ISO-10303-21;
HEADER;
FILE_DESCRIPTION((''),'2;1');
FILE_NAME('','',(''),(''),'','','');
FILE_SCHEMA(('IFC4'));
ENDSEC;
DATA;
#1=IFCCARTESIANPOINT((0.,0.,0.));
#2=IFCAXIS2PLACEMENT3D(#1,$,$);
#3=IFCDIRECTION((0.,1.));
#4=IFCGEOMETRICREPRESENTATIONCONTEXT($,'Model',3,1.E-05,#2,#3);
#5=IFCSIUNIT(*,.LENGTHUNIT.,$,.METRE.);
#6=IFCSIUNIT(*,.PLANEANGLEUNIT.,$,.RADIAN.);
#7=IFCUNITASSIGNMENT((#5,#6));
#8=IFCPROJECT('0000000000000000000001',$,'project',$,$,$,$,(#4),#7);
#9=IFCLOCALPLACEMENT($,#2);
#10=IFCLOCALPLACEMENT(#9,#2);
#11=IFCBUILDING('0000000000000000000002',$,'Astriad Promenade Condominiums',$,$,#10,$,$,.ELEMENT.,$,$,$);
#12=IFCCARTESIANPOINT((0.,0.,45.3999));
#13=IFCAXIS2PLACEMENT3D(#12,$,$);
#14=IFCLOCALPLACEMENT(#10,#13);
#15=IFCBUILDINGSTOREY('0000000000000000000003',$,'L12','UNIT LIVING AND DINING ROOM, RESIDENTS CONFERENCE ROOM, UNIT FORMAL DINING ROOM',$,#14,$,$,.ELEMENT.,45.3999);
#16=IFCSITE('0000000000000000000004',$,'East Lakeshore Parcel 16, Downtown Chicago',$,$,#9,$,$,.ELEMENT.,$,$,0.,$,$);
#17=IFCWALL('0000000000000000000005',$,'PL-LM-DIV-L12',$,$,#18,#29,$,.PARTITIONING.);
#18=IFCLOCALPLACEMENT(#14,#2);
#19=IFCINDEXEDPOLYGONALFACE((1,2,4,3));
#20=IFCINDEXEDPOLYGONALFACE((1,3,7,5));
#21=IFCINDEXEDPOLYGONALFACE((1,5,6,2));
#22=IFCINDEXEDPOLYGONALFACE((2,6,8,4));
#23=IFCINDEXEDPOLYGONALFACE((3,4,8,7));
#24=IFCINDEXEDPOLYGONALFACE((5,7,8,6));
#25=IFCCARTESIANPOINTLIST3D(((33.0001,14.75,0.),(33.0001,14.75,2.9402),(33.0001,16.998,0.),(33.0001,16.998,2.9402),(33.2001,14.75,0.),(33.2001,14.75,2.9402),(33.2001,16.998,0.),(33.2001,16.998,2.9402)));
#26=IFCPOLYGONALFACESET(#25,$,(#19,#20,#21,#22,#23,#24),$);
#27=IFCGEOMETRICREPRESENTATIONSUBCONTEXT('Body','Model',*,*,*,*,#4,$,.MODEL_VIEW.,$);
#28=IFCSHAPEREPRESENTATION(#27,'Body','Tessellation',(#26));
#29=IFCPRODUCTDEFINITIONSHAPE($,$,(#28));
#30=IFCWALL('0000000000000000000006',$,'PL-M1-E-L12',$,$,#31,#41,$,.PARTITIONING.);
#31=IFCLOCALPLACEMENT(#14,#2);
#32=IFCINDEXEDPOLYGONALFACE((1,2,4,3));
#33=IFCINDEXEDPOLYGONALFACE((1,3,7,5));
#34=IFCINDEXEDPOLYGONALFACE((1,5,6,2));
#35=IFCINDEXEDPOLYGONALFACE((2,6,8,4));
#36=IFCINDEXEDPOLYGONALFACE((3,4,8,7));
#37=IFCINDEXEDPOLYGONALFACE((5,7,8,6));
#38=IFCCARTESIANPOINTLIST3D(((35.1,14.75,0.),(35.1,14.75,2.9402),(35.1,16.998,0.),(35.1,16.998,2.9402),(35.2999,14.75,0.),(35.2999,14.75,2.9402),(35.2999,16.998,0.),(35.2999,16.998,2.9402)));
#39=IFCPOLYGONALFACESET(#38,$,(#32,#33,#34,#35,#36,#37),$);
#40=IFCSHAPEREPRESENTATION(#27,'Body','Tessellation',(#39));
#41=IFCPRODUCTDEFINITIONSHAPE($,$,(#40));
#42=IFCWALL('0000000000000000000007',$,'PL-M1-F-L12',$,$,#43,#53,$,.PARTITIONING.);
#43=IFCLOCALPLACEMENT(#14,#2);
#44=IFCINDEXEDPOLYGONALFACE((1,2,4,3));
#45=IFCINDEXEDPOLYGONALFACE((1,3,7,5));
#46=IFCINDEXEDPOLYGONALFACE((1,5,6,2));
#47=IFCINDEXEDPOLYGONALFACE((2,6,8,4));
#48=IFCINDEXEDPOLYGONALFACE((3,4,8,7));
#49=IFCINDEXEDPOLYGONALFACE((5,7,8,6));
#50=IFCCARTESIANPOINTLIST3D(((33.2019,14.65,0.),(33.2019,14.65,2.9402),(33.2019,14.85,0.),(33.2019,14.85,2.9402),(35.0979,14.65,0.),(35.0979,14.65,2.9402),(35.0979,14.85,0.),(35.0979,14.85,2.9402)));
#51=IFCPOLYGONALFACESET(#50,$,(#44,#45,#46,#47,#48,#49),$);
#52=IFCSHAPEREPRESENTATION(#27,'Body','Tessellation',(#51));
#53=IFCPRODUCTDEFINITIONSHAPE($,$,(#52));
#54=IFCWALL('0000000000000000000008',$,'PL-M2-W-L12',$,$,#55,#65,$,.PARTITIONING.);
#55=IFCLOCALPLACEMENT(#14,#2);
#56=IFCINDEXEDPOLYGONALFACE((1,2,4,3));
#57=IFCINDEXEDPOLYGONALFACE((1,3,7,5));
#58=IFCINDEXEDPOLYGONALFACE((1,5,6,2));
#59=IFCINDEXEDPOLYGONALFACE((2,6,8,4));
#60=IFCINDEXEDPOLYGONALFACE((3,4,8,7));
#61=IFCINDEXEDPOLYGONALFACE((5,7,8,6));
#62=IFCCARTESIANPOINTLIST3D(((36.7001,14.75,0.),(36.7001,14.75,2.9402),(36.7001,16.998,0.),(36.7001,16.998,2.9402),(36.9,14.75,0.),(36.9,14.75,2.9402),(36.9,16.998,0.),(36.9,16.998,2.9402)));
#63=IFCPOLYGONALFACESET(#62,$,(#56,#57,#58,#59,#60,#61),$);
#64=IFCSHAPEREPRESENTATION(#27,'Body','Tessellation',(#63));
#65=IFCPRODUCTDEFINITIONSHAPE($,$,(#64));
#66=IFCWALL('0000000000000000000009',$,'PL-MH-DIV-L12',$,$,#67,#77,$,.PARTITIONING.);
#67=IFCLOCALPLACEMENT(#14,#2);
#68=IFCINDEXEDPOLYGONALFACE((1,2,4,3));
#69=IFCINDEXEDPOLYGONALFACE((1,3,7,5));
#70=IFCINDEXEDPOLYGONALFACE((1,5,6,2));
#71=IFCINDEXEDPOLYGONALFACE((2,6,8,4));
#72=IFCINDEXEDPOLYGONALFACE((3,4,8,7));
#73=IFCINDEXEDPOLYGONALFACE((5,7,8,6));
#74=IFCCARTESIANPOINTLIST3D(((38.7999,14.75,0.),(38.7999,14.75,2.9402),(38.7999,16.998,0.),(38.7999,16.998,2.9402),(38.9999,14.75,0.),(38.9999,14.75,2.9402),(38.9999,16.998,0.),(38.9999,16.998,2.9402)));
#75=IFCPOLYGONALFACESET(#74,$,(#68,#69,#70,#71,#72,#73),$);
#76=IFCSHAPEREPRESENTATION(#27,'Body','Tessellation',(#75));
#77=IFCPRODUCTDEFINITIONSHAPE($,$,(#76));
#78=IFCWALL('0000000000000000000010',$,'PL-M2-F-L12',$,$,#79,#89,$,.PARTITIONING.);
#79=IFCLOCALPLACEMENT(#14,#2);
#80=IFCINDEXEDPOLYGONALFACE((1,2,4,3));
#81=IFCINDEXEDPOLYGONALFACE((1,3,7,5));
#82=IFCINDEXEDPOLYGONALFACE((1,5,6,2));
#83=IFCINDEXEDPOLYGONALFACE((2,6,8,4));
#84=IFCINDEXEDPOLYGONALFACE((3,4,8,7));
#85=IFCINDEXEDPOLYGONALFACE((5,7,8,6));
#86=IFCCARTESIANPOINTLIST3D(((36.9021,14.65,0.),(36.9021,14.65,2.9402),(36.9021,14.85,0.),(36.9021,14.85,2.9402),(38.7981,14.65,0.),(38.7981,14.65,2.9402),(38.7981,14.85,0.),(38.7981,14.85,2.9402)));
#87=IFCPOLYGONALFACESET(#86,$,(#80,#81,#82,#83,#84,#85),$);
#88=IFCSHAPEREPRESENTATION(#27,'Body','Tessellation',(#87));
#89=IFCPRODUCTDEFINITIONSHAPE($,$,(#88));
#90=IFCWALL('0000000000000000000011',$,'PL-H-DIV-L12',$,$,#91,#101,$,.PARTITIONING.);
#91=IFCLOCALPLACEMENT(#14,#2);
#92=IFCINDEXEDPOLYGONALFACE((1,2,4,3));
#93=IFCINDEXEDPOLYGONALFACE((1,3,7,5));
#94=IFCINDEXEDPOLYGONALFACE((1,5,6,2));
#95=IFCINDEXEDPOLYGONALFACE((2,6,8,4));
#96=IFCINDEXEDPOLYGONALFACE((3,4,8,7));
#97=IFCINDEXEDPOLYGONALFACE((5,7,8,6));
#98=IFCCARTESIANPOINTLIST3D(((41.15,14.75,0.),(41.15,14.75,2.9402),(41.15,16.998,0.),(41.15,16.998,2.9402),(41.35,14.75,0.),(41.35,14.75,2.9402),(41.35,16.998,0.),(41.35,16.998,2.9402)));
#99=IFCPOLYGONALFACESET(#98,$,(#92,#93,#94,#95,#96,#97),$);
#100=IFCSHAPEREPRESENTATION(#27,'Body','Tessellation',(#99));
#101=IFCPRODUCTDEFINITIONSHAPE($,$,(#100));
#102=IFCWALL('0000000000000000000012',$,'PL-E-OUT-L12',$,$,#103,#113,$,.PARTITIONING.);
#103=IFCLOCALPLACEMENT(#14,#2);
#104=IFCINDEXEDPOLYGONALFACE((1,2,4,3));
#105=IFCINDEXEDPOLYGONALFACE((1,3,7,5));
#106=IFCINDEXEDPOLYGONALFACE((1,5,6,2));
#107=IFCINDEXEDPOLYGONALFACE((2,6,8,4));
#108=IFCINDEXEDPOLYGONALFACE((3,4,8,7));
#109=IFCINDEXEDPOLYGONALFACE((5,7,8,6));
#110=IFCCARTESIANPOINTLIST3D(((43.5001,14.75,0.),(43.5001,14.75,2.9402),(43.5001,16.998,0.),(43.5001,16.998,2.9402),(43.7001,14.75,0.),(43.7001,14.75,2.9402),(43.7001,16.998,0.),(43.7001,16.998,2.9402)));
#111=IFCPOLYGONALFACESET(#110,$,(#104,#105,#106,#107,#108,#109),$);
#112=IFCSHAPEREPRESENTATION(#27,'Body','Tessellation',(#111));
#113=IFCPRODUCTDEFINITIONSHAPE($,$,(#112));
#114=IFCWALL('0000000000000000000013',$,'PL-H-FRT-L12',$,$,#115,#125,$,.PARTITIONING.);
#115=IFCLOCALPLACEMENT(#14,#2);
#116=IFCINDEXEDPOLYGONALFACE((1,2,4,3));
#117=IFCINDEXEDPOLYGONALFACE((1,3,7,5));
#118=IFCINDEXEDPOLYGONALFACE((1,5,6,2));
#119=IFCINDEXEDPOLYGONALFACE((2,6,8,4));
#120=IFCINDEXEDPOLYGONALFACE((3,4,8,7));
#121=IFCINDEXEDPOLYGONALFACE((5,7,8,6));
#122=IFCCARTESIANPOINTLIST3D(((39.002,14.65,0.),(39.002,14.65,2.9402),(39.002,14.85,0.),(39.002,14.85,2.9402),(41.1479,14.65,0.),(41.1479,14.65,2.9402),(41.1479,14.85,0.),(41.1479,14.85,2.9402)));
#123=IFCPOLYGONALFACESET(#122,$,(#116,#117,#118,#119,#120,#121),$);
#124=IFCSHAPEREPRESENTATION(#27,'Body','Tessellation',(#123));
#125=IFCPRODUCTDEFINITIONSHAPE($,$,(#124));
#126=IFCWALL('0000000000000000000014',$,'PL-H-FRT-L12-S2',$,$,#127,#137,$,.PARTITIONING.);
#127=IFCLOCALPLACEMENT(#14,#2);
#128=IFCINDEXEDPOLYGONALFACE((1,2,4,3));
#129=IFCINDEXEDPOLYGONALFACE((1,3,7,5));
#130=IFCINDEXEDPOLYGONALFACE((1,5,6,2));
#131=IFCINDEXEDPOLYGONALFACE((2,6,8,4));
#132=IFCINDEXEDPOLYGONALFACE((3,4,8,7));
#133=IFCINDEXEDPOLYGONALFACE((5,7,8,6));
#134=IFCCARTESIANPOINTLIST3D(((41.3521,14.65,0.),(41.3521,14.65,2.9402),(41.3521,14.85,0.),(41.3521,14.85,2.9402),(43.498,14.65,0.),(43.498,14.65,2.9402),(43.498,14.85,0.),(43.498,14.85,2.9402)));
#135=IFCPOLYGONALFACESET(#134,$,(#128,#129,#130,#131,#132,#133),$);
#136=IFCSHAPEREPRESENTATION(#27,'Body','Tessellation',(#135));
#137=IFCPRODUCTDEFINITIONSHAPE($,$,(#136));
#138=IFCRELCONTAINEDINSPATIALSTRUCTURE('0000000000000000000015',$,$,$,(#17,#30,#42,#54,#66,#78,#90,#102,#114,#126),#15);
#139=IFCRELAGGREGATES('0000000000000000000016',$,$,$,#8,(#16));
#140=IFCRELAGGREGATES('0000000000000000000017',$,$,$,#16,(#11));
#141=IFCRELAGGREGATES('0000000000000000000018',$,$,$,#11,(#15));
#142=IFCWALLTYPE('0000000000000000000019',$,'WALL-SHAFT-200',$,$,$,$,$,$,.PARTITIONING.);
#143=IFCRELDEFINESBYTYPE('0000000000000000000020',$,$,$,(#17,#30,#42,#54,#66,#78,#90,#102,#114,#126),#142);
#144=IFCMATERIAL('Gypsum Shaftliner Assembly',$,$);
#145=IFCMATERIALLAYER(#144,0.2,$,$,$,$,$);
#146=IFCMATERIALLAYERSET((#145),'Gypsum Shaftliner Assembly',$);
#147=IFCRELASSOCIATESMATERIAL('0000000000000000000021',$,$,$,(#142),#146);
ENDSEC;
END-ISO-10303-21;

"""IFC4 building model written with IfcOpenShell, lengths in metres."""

from ifc_helpers import new_model, si_unit, direction, frame, frame_2d, origin, place, context, subcontext, project, spatial, rectangle, extrude, material, layer, layer_set, type_object, element, save


model = new_model("IFC4")

# Units and contexts
model_context = context("Model", 3, precision=1e-05, world=origin(), true_north=direction((0.0, 1.0)))
body_context = subcontext(model_context, "Body", "Model", "MODEL_VIEW")
ifc_project = project(units=[si_unit("LENGTHUNIT", "METRE"), si_unit("PLANEANGLEUNIT", "RADIAN")], contexts=[model_context])

# Site, building, storey
site_placement = place(None, origin())
site = spatial("IfcSite", under=ifc_project, at=site_placement, Name="East Lakeshore Parcel 16, Downtown Chicago", CompositionType="ELEMENT", RefElevation=0.0)
building_placement = place(site_placement, origin())
building = spatial("IfcBuilding", under=site, at=building_placement, Name="Astriad Promenade Condominiums", CompositionType="ELEMENT")
storey_placement = place(building_placement, frame((0.0, 0.0, 45.3999)))
storey = spatial("IfcBuildingStorey", under=building, at=storey_placement, Name="L12", Description="UNIT LIVING AND DINING ROOM, RESIDENTS CONFERENCE ROOM, UNIT FORMAL DINING ROOM", CompositionType="ELEMENT", Elevation=45.3999)

# Walls
ifc_material_1 = material(Name="Gypsum Shaftliner Assembly")
ifc_layer_1 = layer(ifc_material_1, 0.2)
ifc_layer_set_1 = layer_set([ifc_layer_1], Name="Gypsum Shaftliner Assembly")
wall_type_1 = type_object("IfcWallType", Name="WALL-SHAFT-200", PredefinedType="PARTITIONING", material=ifc_layer_set_1)
for number, where, z_axis, x_axis, name in (
    (1, (33.1001, 14.75, 0.0), (0.0, 0.0, 1.0), (0.0, 1.0, 0.0), "PL-LM-DIV-L12"),
    (2, (35.2, 14.75, 0.0), (0.0, 0.0, 1.0), (0.0, 1.0, 0.0), "PL-M1-E-L12"),
):
    element("IfcWall", number, at=place(storey_placement, frame(where, z_axis=z_axis, x_axis=x_axis)), inside=storey, type_object=wall_type_1, Name=name, PredefinedType="PARTITIONING", context=body_context, shape_type="SweptSolid", body=[
        extrude(rectangle(XDim=2.248, YDim=0.2, at=frame_2d((1.124, 0.0))), origin(), (0.0, 0.0, 1.0), 2.9402),
    ])
wall_1_placement = place(storey_placement, frame((33.2019, 14.75, 0.0), z_axis=(0.0, 0.0, 1.0), x_axis=(1.0, 0.0, 0.0)))
element("IfcWall", 3, at=wall_1_placement, inside=storey, type_object=wall_type_1, Name="PL-M1-F-L12", PredefinedType="PARTITIONING", context=body_context, shape_type="SweptSolid", body=[
    extrude(rectangle(XDim=1.896, YDim=0.2, at=frame_2d((0.948, 0.0))), origin(), (0.0, 0.0, 1.0), 2.9402),
])
for number, where, z_axis, x_axis, name in (
    (4, (36.8, 14.75, 0.0), (0.0, 0.0, 1.0), (0.0, 1.0, 0.0), "PL-M2-W-L12"),
    (5, (38.8999, 14.75, 0.0), (0.0, 0.0, 1.0), (0.0, 1.0, 0.0), "PL-MH-DIV-L12"),
):
    element("IfcWall", number, at=place(storey_placement, frame(where, z_axis=z_axis, x_axis=x_axis)), inside=storey, type_object=wall_type_1, Name=name, PredefinedType="PARTITIONING", context=body_context, shape_type="SweptSolid", body=[
        extrude(rectangle(XDim=2.248, YDim=0.2, at=frame_2d((1.124, 0.0))), origin(), (0.0, 0.0, 1.0), 2.9402),
    ])
wall_2_placement = place(storey_placement, frame((36.9021, 14.75, 0.0), z_axis=(0.0, 0.0, 1.0), x_axis=(1.0, 0.0, 0.0)))
element("IfcWall", 6, at=wall_2_placement, inside=storey, type_object=wall_type_1, Name="PL-M2-F-L12", PredefinedType="PARTITIONING", context=body_context, shape_type="SweptSolid", body=[
    extrude(rectangle(XDim=1.896, YDim=0.2, at=frame_2d((0.948, 0.0))), origin(), (0.0, 0.0, 1.0), 2.9402),
])
for number, where, z_axis, x_axis, name in (
    (7, (41.25, 14.75, 0.0), (0.0, 0.0, 1.0), (0.0, 1.0, 0.0), "PL-H-DIV-L12"),
    (8, (43.6001, 14.75, 0.0), (0.0, 0.0, 1.0), (0.0, 1.0, 0.0), "PL-E-OUT-L12"),
):
    element("IfcWall", number, at=place(storey_placement, frame(where, z_axis=z_axis, x_axis=x_axis)), inside=storey, type_object=wall_type_1, Name=name, PredefinedType="PARTITIONING", context=body_context, shape_type="SweptSolid", body=[
        extrude(rectangle(XDim=2.248, YDim=0.2, at=frame_2d((1.124, 0.0))), origin(), (0.0, 0.0, 1.0), 2.9402),
    ])
for number, where, z_axis, x_axis, name in (
    (9, (39.002, 14.75, 0.0), (0.0, 0.0, 1.0), (1.0, 0.0, 0.0), "PL-H-FRT-L12"),
    (10, (41.3521, 14.75, 0.0), (0.0, 0.0, 1.0), (1.0, 0.0, 0.0), "PL-H-FRT-L12-S2"),
):
    element("IfcWall", number, at=place(storey_placement, frame(where, z_axis=z_axis, x_axis=x_axis)), inside=storey, type_object=wall_type_1, Name=name, PredefinedType="PARTITIONING", context=body_context, shape_type="SweptSolid", body=[
        extrude(rectangle(XDim=2.146, YDim=0.2, at=frame_2d((1.073, 0.0))), origin(), (0.0, 0.0, 1.0), 2.9402),
    ])

save(model, "model.ifc")
